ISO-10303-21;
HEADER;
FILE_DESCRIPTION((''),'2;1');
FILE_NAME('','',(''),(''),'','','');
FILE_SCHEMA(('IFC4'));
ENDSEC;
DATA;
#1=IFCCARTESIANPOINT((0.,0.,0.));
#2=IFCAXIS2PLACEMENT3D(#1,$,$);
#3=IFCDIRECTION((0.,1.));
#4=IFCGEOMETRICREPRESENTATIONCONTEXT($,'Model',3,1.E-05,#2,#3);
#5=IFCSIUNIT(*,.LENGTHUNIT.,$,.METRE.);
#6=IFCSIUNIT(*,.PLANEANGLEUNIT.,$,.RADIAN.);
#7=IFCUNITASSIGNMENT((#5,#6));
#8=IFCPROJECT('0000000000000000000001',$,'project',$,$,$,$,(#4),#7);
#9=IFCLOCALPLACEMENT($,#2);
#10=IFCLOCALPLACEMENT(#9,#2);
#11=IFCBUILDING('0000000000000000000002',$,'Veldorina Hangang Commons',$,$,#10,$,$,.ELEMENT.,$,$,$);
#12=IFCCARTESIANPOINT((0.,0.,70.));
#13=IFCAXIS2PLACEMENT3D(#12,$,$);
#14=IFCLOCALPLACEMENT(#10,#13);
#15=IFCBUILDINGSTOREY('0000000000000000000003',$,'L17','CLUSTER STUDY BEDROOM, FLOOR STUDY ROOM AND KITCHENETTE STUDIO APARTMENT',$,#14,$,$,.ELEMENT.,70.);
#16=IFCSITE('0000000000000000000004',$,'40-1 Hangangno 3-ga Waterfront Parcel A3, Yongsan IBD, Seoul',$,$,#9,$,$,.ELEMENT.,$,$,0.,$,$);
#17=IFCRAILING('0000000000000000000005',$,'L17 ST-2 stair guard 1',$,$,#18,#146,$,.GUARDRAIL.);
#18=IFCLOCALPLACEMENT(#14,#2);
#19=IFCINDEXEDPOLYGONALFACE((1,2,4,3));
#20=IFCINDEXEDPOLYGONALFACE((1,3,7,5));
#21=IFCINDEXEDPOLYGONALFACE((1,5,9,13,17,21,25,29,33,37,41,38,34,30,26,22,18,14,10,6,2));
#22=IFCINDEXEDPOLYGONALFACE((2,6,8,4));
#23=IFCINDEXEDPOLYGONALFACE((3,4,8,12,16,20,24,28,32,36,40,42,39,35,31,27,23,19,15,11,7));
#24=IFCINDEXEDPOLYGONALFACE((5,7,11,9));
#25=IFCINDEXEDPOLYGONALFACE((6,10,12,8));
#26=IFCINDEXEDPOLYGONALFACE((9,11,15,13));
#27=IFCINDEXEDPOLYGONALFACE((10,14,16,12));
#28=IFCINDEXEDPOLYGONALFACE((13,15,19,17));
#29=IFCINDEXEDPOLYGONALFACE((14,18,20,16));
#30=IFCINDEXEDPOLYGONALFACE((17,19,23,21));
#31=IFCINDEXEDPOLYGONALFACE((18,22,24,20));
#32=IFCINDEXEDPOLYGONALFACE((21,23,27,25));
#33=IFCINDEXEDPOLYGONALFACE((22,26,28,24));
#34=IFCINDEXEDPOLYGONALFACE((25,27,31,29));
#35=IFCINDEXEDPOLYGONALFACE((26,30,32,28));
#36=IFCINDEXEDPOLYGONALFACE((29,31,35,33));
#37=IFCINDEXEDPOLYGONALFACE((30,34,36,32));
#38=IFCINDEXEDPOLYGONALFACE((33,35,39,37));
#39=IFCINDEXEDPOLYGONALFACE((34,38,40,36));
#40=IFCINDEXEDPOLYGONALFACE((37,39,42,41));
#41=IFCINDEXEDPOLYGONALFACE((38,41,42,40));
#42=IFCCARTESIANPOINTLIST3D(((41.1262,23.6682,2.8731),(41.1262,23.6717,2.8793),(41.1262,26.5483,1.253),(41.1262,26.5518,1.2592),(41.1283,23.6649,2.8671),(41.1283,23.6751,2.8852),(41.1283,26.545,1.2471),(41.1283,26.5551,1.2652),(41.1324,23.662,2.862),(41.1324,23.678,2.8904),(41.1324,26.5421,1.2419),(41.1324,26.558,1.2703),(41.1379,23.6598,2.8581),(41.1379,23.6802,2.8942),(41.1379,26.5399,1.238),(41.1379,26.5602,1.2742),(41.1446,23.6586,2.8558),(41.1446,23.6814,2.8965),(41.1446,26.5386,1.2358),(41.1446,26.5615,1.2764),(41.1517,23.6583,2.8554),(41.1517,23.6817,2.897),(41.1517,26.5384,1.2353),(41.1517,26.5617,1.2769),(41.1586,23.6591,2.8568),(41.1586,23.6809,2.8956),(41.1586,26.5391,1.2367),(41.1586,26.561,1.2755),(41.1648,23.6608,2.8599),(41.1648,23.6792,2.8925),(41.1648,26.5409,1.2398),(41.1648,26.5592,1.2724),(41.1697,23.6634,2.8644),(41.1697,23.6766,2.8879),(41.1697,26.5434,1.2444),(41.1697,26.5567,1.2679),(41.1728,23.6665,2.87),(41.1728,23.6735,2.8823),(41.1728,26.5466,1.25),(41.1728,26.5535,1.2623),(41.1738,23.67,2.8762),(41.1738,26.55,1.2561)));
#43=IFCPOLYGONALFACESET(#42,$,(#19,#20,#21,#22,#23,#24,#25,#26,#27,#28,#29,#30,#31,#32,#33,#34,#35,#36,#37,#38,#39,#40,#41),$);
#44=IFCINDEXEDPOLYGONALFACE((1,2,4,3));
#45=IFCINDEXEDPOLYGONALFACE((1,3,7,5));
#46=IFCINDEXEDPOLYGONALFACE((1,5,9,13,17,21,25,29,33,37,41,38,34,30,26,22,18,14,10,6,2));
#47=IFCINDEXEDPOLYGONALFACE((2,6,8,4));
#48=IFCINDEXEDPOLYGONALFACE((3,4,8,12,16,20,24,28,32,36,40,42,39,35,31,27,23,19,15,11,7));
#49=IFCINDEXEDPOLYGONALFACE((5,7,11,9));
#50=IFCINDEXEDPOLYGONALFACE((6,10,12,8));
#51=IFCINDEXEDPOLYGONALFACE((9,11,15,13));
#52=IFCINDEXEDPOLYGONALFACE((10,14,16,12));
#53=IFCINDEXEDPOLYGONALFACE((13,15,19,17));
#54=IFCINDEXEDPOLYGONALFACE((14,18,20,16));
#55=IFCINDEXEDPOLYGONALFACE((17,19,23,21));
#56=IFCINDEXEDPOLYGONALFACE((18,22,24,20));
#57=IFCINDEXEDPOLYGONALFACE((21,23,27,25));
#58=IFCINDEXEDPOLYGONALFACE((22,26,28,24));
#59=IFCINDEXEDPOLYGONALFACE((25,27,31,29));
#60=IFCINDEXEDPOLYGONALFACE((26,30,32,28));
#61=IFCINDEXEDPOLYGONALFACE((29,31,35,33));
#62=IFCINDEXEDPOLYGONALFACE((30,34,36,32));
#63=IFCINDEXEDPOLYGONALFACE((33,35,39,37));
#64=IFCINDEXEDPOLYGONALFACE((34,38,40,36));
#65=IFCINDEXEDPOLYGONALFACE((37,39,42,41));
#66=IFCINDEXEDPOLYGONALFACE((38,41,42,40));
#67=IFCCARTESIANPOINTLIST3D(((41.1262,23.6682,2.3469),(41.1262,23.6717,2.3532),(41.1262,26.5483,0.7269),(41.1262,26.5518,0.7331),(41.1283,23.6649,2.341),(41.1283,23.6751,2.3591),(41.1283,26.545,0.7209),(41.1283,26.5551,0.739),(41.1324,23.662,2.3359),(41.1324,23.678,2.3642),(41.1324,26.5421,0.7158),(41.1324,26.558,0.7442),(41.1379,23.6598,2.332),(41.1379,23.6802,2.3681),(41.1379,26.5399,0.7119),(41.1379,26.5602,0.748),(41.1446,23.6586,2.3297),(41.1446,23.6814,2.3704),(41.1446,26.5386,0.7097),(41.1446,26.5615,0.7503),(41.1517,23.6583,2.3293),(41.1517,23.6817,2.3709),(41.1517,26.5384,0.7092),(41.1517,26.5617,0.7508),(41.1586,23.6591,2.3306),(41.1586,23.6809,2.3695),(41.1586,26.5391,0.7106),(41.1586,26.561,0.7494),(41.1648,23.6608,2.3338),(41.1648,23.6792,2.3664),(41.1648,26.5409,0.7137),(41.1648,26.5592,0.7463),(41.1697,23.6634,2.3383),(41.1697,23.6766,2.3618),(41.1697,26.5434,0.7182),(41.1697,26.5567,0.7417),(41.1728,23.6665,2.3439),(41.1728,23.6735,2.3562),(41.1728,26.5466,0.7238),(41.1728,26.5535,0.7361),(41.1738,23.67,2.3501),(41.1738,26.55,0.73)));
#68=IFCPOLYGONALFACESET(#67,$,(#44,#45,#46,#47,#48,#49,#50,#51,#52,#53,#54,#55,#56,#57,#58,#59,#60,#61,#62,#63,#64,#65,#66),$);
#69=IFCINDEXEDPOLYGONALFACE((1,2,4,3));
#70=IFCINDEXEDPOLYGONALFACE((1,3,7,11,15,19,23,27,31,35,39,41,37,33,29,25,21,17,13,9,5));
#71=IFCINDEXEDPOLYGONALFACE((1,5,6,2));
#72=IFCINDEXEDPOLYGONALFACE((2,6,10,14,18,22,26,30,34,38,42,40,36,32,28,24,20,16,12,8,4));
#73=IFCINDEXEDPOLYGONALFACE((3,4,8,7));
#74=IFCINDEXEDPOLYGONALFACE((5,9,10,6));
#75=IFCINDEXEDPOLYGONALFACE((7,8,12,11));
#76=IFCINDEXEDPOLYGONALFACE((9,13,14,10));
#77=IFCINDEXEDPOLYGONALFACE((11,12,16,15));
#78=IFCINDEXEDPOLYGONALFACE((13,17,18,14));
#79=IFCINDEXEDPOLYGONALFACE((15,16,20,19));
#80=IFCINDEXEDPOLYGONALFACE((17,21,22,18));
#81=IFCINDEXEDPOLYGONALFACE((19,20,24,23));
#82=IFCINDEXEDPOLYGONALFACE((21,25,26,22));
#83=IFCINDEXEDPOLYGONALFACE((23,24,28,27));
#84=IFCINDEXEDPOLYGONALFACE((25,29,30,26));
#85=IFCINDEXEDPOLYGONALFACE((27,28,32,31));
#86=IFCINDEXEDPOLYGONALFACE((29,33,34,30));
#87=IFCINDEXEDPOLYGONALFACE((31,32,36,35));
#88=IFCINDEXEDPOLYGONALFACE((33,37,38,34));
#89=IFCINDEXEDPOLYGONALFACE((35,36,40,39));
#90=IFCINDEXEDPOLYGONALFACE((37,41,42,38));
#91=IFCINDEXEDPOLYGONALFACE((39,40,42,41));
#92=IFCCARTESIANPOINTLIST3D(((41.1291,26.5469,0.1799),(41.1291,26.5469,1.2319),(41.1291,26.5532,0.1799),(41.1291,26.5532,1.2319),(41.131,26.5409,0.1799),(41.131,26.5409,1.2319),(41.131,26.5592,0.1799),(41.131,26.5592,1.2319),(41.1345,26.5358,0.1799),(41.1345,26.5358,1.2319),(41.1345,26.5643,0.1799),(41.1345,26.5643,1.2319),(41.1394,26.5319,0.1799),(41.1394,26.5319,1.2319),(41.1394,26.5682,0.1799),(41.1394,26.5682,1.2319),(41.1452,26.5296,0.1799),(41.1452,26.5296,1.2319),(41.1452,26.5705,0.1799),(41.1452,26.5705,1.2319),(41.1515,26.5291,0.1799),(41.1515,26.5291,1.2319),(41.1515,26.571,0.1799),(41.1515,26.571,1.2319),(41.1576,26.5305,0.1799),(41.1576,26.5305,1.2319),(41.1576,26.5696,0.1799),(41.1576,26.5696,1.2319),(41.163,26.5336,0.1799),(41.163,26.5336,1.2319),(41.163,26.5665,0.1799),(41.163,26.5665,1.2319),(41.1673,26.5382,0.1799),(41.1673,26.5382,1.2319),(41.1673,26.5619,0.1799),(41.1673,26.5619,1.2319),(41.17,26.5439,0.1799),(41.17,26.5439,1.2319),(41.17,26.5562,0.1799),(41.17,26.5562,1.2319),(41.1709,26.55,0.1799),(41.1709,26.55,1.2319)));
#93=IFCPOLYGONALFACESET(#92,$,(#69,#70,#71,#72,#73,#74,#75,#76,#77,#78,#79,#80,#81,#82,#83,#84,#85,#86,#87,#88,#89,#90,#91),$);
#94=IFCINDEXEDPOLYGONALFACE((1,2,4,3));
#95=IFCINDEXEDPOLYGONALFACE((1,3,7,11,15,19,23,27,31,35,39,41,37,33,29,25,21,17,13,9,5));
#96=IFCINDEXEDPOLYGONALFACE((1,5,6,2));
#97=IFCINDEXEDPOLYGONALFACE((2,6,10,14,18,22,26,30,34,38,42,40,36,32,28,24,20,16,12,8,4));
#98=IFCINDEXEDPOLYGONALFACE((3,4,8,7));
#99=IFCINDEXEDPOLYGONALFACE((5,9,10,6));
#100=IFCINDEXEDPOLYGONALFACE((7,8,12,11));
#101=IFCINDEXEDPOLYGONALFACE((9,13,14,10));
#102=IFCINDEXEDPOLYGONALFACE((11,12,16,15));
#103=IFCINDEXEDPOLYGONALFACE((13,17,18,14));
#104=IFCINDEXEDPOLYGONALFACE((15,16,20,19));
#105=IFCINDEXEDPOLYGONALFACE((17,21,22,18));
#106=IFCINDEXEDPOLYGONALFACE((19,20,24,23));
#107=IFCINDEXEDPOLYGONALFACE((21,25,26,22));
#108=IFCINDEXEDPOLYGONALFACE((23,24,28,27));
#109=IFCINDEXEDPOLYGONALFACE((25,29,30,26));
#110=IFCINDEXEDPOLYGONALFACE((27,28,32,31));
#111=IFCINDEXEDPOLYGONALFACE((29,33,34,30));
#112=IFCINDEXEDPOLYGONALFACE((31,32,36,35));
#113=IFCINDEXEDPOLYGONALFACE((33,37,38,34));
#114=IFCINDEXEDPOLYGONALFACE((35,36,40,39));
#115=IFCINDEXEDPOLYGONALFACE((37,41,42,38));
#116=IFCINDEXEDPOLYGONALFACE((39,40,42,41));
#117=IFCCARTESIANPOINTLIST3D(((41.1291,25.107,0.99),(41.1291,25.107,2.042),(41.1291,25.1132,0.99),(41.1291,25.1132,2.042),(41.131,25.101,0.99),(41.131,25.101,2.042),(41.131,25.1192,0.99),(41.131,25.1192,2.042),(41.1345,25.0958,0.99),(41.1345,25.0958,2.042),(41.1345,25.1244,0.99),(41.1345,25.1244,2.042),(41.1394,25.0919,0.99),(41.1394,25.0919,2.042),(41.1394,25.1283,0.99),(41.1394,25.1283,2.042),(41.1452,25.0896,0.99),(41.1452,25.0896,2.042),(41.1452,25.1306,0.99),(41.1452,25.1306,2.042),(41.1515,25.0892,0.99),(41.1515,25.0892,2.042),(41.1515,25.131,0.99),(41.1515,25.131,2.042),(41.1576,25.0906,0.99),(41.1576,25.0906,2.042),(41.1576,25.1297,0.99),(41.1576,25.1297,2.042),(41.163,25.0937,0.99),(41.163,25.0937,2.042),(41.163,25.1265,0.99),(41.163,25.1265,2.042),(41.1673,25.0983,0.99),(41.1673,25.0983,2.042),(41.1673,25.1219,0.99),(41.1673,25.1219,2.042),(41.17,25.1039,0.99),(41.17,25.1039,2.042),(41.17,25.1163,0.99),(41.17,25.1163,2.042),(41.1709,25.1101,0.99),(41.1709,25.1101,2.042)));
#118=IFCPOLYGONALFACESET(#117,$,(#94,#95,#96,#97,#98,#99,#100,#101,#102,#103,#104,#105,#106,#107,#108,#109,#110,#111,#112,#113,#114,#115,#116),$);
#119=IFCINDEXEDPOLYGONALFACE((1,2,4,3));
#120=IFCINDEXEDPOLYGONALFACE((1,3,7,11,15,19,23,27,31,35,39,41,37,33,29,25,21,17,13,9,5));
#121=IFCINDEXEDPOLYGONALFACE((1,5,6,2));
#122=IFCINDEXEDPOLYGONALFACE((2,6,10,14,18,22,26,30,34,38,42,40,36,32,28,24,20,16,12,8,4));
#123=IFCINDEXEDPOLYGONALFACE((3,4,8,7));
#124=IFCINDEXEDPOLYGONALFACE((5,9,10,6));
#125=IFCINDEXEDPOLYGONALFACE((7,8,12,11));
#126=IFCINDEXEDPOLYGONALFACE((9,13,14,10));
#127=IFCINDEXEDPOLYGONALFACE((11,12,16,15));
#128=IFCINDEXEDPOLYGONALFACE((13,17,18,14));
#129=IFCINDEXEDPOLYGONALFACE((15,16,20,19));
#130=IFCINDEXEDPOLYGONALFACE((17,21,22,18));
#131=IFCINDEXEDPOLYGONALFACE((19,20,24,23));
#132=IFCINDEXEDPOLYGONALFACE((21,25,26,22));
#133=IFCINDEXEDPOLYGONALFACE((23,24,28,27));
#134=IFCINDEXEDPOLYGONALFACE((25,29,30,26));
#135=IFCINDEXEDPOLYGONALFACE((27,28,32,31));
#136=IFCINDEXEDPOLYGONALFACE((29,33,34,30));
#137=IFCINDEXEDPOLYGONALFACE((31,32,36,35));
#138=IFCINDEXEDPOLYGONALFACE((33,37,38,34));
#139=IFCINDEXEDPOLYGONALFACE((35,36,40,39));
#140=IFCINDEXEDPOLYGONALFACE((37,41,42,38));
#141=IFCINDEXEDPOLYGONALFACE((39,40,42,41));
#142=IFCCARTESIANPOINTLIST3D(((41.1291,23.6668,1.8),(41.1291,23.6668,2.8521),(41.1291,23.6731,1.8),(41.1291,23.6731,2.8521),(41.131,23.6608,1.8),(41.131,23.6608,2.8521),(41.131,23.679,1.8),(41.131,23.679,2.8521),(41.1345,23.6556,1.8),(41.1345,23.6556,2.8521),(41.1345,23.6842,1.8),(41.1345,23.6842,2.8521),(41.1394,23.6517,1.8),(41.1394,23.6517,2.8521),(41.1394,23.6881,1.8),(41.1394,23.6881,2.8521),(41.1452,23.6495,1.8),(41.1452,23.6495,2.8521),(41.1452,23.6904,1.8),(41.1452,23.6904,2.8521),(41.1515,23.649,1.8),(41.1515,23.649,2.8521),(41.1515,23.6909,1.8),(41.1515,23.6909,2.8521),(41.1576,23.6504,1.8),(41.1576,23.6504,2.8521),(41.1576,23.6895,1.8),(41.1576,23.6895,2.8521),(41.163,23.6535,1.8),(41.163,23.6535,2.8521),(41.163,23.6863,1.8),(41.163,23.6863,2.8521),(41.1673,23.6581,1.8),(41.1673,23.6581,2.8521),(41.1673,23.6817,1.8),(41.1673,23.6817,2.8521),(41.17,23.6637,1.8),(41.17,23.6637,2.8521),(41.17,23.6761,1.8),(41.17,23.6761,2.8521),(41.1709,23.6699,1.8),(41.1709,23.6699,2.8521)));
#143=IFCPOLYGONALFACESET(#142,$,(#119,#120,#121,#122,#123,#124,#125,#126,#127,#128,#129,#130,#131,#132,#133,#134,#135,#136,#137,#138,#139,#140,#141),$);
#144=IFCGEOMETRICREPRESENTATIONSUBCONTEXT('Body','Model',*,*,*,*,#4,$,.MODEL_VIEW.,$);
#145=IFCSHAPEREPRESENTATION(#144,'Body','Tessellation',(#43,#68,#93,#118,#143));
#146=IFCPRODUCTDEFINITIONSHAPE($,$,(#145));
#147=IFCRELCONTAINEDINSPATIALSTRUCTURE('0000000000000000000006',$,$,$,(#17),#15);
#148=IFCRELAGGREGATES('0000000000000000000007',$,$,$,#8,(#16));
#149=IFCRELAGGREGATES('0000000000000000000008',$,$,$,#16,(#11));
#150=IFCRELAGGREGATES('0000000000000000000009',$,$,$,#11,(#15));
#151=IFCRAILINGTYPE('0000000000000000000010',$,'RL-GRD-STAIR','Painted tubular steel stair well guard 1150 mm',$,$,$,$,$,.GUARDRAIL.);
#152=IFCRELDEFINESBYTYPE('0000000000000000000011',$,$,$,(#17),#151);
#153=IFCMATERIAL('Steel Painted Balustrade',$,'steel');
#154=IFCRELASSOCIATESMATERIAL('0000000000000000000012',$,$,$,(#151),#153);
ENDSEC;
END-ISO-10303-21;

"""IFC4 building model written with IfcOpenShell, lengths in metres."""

from ifc_helpers import new_model, si_unit, direction, frame, origin, origin_2d, place, context, subcontext, project, spatial, circle, extrude, material, type_object, element, save


model = new_model("IFC4")

# Units and contexts
model_context = context("Model", 3, precision=1e-05, world=origin(), true_north=direction((0.0, 1.0)))
body_context = subcontext(model_context, "Body", "Model", "MODEL_VIEW")
ifc_project = project(units=[si_unit("LENGTHUNIT", "METRE"), si_unit("PLANEANGLEUNIT", "RADIAN")], contexts=[model_context])

# Site, building, storey
site_placement = place(None, origin())
site = spatial("IfcSite", under=ifc_project, at=site_placement, Name="40-1 Hangangno 3-ga Waterfront Parcel A3, Yongsan IBD, Seoul", CompositionType="ELEMENT", RefElevation=0.0)
building_placement = place(site_placement, origin())
building = spatial("IfcBuilding", under=site, at=building_placement, Name="Veldorina Hangang Commons", CompositionType="ELEMENT")
storey_placement = place(building_placement, frame((0.0, 0.0, 70.0)))
storey = spatial("IfcBuildingStorey", under=building, at=storey_placement, Name="L17", Description="CLUSTER STUDY BEDROOM, FLOOR STUDY ROOM AND KITCHENETTE STUDIO APARTMENT", CompositionType="ELEMENT", Elevation=70.0)

# Railing
ifc_material_1 = material(Name="Steel Painted Balustrade", Category="steel")
railing_type_1 = type_object("IfcRailingType", Name="RL-GRD-STAIR", Description="Painted tubular steel stair well guard 1150 mm", PredefinedType="GUARDRAIL", material=ifc_material_1)
railing_1_placement = place(storey_placement, frame((41.1499, 26.55, 0.1799)))
element("IfcRailing", 1, at=railing_1_placement, inside=storey, type_object=railing_type_1, Name="L17 ST-2 stair guard 1", PredefinedType="GUARDRAIL", context=body_context, shape_type="SweptSolid", body=[
    extrude(circle(Radius=0.0239, at=origin_2d()), frame((0.0, 0.0, 1.0762), z_axis=(0.0, -0.87157, 0.490272), x_axis=(1.0, 0.0, 0.0)), (0.0, 0.0, 1.0), 3.3044),
    extrude(circle(Radius=0.0239, at=origin_2d()), frame((0.0, 0.0, 0.55), z_axis=(0.0, -0.87157, 0.490272), x_axis=(1.0, 0.0, 0.0)), (0.0, 0.0, 1.0), 3.3044),
    extrude(circle(Radius=0.021, at=origin_2d()), origin(), (0.0, 0.0, 1.0), 1.052),
    extrude(circle(Radius=0.021, at=origin_2d()), frame((0.0, -1.4399, 0.8101)), (0.0, 0.0, 1.0), 1.052),
    extrude(circle(Radius=0.021, at=origin_2d()), frame((0.0, -2.8801, 1.6201)), (0.0, 0.0, 1.0), 1.052),
])

save(model, "model.ifc")
